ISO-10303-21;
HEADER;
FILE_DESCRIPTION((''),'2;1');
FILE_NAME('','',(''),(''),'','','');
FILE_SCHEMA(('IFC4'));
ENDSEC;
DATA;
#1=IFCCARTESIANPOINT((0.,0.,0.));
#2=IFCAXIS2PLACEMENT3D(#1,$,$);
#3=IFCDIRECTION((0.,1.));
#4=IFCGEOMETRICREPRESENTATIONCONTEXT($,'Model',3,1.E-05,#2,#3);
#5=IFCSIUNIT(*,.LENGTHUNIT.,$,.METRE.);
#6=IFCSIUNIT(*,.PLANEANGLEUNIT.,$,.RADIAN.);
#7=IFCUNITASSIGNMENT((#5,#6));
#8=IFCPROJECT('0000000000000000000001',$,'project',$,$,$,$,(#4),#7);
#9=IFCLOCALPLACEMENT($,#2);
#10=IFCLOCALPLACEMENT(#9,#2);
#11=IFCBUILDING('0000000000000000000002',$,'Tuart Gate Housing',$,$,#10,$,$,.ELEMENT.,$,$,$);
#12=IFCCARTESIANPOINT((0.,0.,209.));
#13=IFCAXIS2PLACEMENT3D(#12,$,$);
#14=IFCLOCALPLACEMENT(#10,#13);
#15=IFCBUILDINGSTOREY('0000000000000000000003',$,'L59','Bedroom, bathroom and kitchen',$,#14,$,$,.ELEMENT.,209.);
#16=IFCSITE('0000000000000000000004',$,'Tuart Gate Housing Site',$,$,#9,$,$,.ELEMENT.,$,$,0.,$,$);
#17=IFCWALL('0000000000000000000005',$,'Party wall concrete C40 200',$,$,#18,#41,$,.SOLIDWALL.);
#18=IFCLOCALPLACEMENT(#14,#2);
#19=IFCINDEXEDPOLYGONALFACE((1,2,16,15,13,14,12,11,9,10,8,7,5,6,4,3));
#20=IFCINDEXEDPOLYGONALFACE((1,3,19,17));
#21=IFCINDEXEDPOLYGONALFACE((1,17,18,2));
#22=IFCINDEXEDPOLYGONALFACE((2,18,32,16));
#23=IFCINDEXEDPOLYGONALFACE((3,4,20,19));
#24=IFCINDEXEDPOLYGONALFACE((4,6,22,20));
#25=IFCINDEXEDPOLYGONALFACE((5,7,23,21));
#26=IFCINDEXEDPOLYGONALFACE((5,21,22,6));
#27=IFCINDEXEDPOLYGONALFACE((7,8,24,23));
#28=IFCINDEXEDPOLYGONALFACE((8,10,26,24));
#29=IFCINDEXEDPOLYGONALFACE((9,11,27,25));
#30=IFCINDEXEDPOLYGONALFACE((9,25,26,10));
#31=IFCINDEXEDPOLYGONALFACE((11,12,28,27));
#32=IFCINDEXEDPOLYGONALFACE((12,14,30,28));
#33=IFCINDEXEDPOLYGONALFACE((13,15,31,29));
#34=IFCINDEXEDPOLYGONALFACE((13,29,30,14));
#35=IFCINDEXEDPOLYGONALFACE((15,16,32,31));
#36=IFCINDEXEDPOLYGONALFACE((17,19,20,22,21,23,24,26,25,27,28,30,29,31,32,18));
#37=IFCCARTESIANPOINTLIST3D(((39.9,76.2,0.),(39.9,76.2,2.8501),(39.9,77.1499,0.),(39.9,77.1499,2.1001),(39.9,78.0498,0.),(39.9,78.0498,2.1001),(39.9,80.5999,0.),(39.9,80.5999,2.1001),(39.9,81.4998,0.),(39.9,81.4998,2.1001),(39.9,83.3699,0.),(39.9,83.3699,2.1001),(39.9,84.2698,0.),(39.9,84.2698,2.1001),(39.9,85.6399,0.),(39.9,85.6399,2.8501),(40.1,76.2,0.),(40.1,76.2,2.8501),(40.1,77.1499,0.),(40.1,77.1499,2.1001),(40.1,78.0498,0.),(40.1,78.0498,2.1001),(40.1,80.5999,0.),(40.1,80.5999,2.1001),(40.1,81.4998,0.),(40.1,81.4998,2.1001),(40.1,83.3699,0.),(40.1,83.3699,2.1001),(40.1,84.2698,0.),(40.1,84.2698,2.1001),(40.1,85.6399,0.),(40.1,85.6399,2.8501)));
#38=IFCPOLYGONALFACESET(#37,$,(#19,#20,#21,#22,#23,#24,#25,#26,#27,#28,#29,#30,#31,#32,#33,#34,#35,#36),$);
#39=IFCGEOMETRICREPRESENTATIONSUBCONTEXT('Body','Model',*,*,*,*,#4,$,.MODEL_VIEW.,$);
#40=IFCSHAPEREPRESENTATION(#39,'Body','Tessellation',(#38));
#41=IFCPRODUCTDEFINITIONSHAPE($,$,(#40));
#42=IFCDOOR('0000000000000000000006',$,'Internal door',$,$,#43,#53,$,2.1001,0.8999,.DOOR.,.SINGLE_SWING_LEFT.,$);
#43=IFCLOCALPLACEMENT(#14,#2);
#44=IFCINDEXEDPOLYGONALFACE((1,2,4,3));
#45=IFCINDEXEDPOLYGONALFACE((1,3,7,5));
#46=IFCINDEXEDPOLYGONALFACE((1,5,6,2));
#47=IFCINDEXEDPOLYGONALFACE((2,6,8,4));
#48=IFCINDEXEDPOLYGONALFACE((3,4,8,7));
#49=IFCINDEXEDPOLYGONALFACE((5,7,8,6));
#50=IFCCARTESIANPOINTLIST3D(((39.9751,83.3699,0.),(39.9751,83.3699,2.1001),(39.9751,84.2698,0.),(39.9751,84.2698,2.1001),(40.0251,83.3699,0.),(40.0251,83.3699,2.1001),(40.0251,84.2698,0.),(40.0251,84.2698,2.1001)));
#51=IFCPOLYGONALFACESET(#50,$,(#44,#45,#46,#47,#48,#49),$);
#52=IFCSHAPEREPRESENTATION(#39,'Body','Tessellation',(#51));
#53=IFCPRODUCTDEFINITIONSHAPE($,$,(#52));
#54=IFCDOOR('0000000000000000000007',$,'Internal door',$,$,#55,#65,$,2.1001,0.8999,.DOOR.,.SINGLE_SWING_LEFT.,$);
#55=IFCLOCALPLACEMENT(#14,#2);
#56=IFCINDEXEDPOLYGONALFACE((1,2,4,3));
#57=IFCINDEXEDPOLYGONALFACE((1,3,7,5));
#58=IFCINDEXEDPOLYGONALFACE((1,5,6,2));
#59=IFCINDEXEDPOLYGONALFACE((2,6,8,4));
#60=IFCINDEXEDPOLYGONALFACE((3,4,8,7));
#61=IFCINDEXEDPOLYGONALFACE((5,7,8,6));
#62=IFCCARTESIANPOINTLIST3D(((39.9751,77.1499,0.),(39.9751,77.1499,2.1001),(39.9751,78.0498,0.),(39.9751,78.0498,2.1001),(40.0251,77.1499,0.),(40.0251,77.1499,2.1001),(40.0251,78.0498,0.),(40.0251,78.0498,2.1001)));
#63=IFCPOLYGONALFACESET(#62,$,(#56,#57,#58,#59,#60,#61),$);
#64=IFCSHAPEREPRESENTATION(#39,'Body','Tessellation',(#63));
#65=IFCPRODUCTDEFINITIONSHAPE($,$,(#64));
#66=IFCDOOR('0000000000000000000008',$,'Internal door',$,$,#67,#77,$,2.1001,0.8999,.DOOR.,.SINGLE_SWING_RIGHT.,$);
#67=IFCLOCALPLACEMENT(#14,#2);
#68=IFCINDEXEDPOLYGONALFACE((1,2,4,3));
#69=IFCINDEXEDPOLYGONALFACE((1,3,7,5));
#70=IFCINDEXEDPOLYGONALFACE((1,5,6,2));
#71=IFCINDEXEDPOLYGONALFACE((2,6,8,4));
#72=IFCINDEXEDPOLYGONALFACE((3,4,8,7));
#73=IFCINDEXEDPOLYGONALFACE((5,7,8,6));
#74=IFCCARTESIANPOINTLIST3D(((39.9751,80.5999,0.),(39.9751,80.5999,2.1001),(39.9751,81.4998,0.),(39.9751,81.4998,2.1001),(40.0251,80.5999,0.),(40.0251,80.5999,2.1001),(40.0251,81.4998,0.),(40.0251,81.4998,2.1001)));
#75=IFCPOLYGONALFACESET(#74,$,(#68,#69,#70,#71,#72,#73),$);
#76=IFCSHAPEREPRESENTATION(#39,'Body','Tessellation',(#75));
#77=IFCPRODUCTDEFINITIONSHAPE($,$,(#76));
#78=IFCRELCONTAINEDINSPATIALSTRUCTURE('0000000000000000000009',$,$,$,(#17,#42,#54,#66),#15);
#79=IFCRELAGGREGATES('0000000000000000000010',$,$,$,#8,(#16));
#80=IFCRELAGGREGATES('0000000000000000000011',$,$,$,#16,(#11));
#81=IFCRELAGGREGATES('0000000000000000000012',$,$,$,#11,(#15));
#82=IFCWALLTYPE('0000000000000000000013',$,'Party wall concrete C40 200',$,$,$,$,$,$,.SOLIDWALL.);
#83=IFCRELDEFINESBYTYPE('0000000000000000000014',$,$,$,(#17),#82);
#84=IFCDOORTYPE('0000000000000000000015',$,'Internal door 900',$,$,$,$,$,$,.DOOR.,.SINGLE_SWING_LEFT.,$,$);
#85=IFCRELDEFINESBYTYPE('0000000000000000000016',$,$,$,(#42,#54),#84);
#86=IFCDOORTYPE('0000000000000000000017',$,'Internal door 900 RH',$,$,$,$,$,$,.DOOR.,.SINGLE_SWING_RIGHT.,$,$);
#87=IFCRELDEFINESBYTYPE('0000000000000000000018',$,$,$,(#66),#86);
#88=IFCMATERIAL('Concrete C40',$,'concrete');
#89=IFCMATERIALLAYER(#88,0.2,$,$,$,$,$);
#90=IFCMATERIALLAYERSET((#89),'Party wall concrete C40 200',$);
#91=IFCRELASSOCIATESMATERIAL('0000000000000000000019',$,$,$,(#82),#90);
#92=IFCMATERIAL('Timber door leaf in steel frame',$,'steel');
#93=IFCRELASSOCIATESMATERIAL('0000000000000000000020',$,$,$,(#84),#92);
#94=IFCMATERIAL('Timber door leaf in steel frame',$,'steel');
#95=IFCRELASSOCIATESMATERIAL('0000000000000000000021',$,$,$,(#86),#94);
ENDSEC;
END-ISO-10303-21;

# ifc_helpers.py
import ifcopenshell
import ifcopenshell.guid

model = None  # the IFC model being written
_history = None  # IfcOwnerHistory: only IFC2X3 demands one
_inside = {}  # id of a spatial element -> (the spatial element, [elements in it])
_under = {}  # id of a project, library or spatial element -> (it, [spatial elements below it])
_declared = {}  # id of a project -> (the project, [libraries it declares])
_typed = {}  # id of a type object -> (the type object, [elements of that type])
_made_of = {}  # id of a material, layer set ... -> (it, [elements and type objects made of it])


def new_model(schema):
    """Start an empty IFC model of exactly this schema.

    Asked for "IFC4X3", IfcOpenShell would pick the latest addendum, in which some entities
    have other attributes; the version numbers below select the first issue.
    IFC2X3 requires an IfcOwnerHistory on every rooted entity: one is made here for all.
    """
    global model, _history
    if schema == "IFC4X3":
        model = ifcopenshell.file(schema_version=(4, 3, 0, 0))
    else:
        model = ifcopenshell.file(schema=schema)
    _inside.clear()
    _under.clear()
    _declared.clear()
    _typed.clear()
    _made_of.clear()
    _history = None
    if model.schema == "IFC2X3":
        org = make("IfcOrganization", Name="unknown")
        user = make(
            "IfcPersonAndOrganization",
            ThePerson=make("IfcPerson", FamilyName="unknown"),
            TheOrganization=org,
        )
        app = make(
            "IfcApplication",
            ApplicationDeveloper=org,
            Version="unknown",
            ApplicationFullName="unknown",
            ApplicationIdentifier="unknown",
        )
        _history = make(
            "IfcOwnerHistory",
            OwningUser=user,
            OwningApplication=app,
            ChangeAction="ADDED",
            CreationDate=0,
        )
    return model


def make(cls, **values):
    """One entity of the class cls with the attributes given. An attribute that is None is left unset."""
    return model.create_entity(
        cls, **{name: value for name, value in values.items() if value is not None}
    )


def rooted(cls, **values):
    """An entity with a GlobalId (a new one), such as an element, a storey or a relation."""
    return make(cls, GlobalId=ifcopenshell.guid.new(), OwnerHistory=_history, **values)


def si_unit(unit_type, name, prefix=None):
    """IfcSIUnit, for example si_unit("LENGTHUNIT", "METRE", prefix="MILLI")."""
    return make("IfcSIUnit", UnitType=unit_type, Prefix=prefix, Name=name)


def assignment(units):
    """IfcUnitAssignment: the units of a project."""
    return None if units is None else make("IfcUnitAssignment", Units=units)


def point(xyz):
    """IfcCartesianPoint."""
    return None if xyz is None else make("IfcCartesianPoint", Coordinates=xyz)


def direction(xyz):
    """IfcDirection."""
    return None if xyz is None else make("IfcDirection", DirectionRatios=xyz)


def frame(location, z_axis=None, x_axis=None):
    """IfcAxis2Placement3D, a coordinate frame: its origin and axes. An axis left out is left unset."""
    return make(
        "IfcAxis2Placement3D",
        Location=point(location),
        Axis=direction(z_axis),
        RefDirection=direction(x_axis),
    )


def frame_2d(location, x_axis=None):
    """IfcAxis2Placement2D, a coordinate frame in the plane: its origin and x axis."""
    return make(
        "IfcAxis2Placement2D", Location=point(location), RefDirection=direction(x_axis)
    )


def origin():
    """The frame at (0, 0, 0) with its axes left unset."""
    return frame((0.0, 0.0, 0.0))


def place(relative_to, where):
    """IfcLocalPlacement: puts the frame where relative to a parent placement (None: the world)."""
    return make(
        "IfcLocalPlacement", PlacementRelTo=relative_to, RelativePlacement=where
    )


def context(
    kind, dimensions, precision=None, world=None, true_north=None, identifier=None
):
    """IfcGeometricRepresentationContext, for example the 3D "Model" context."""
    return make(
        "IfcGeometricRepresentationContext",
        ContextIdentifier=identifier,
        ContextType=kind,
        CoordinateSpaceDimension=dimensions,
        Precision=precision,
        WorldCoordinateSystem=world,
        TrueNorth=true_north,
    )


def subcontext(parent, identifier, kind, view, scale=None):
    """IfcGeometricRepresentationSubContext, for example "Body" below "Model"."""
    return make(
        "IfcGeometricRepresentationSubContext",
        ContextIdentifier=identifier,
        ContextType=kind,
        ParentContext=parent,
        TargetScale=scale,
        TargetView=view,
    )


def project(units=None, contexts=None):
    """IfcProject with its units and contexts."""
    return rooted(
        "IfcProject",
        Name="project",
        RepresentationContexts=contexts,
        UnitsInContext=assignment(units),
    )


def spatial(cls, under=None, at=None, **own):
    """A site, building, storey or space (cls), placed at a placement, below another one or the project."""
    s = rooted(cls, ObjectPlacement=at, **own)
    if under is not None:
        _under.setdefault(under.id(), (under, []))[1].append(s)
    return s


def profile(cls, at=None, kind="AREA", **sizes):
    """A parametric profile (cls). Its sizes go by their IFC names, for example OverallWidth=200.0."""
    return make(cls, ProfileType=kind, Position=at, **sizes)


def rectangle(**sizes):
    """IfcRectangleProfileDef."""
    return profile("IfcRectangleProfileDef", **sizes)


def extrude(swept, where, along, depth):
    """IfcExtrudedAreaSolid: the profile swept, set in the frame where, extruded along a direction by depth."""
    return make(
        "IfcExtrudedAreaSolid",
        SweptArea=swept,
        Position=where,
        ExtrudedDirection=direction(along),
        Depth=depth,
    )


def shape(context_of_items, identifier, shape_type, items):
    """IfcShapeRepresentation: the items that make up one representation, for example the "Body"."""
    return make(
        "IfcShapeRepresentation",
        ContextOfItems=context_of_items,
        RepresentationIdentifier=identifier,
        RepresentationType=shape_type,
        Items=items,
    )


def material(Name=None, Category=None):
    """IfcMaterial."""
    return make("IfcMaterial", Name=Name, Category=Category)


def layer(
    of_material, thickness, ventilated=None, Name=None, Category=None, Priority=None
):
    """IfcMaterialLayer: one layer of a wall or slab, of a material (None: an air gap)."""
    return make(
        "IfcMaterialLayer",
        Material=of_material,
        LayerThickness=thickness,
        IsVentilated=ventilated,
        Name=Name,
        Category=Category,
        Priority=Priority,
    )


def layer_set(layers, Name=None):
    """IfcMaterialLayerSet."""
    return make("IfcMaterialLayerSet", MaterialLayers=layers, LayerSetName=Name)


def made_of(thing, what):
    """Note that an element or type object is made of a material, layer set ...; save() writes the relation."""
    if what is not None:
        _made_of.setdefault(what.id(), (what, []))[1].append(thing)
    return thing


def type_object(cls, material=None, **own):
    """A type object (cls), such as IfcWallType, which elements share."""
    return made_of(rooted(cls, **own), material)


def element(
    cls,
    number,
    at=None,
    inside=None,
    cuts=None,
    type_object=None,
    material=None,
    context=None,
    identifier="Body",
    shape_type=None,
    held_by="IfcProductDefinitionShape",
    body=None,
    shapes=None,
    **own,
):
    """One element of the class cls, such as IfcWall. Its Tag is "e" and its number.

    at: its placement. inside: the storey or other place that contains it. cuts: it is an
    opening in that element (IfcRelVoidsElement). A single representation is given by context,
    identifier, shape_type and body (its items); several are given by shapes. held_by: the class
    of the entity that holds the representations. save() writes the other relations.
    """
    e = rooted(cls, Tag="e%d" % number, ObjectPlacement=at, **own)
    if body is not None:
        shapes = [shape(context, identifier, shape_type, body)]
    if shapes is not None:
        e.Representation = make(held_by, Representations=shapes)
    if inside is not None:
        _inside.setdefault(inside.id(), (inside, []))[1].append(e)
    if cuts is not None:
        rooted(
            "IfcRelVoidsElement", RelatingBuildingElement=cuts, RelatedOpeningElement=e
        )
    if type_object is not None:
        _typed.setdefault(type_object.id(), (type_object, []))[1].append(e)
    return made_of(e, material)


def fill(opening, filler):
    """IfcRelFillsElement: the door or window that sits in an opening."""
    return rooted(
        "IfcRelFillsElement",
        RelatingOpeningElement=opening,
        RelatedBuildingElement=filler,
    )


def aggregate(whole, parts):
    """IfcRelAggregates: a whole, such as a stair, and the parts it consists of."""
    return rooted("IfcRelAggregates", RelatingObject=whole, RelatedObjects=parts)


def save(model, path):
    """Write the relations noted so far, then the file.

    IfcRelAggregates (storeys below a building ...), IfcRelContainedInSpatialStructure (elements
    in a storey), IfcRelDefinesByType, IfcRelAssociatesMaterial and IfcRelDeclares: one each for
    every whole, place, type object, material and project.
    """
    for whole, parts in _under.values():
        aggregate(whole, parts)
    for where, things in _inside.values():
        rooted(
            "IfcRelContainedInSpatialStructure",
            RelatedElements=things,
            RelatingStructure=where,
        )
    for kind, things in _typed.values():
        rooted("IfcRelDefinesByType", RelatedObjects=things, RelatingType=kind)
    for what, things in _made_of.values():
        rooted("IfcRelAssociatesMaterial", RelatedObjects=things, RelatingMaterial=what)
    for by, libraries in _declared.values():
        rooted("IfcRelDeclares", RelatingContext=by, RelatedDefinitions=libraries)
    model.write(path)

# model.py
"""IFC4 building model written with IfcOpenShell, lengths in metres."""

from ifc_helpers import new_model, si_unit, direction, frame, frame_2d, origin, place, context, subcontext, project, spatial, rectangle, extrude, material, layer, layer_set, type_object, element, fill, save


model = new_model("IFC4")

# Units and contexts
model_context = context("Model", 3, precision=1e-05, world=origin(), true_north=direction((0.0, 1.0)))
body_context = subcontext(model_context, "Body", "Model", "MODEL_VIEW")
ifc_project = project(units=[si_unit("LENGTHUNIT", "METRE"), si_unit("PLANEANGLEUNIT", "RADIAN")], contexts=[model_context])

# Site, building, storey
site_placement = place(None, origin())
site = spatial("IfcSite", under=ifc_project, at=site_placement, Name="Tuart Gate Housing Site", CompositionType="ELEMENT", RefElevation=0.0)
building_placement = place(site_placement, origin())
building = spatial("IfcBuilding", under=site, at=building_placement, Name="Tuart Gate Housing", CompositionType="ELEMENT")
storey_placement = place(building_placement, frame((0.0, 0.0, 209.0)))
storey = spatial("IfcBuildingStorey", under=building, at=storey_placement, Name="L59", Description="Bedroom, bathroom and kitchen", CompositionType="ELEMENT", Elevation=209.0)

# Wall, openings, doors
ifc_material_1 = material(Name="Concrete C40", Category="concrete")
ifc_layer_1 = layer(ifc_material_1, 0.2)
ifc_layer_set_1 = layer_set([ifc_layer_1], Name="Party wall concrete C40 200")
wall_type_1 = type_object("IfcWallType", Name="Party wall concrete C40 200", PredefinedType="SOLIDWALL", material=ifc_layer_set_1)
wall_1_placement = place(storey_placement, frame((40.0, 76.2, 0.0), z_axis=(0.0, 0.0, 1.0), x_axis=(0.0, 1.0, 0.0)))
wall_1 = element("IfcWall", 1, at=wall_1_placement, inside=storey, type_object=wall_type_1, Name="Party wall concrete C40 200", PredefinedType="SOLIDWALL", context=body_context, shape_type="SweptSolid", body=[
    extrude(rectangle(XDim=9.4399, YDim=0.2, at=frame_2d((4.72, 0.0))), origin(), (0.0, 0.0, 1.0), 2.8501),
])
opening_1_placement = place(wall_1_placement, frame((7.1699, 0.0, 0.0)))
opening_1 = element("IfcOpeningElement", 2, at=opening_1_placement, cuts=wall_1, PredefinedType="OPENING", context=body_context, shape_type="SweptSolid", body=[
    extrude(rectangle(XDim=0.8999, YDim=2.1001, at=frame_2d((0.45, 1.05))), frame((0.0, 0.1099, 0.0), z_axis=(0.0, -1.0, 0.0), x_axis=(1.0, 0.0, 0.0)), (0.0, 0.0, 1.0), 0.22),
])
opening_2_placement = place(wall_1_placement, frame((4.3999, 0.0, 0.0)))
opening_2 = element("IfcOpeningElement", 3, at=opening_2_placement, cuts=wall_1, PredefinedType="OPENING", context=body_context, shape_type="SweptSolid", body=[
    extrude(rectangle(XDim=0.8999, YDim=2.1001, at=frame_2d((0.45, 1.05))), frame((0.0, 0.1099, 0.0), z_axis=(0.0, -1.0, 0.0), x_axis=(1.0, 0.0, 0.0)), (0.0, 0.0, 1.0), 0.22),
])
opening_3_placement = place(wall_1_placement, frame((0.95, 0.0, 0.0)))
opening_3 = element("IfcOpeningElement", 4, at=opening_3_placement, cuts=wall_1, PredefinedType="OPENING", context=body_context, shape_type="SweptSolid", body=[
    extrude(rectangle(XDim=0.8999, YDim=2.1001, at=frame_2d((0.45, 1.05))), frame((0.0, 0.1099, 0.0), z_axis=(0.0, -1.0, 0.0), x_axis=(1.0, 0.0, 0.0)), (0.0, 0.0, 1.0), 0.22),
])
ifc_material_2 = material(Name="Timber door leaf in steel frame", Category="steel")
door_type_1 = type_object("IfcDoorType", Name="Internal door 900", OperationType="SINGLE_SWING_LEFT", PredefinedType="DOOR", material=ifc_material_2)
door_1_placement = place(opening_1_placement, origin())
door_1 = element("IfcDoor", 5, at=door_1_placement, inside=storey, type_object=door_type_1, Name="Internal door", OperationType="SINGLE_SWING_LEFT", OverallHeight=2.1001, OverallWidth=0.8999, PredefinedType="DOOR", context=body_context, shape_type="SweptSolid", body=[
    extrude(rectangle(XDim=0.8999, YDim=2.1001, at=frame_2d((0.45, 1.05))), frame((0.0, 0.0249, 0.0), z_axis=(0.0, -1.0, 0.0), x_axis=(1.0, 0.0, 0.0)), (0.0, 0.0, 1.0), 0.05),
])
fill(opening_1, door_1)
door_2_placement = place(opening_3_placement, origin())
door_2 = element("IfcDoor", 6, at=door_2_placement, inside=storey, type_object=door_type_1, Name="Internal door", OperationType="SINGLE_SWING_LEFT", OverallHeight=2.1001, OverallWidth=0.8999, PredefinedType="DOOR", context=body_context, shape_type="SweptSolid", body=[
    extrude(rectangle(XDim=0.8999, YDim=2.1001, at=frame_2d((0.45, 1.05))), frame((0.0, 0.0249, 0.0), z_axis=(0.0, -1.0, 0.0), x_axis=(1.0, 0.0, 0.0)), (0.0, 0.0, 1.0), 0.05),
])
fill(opening_3, door_2)
ifc_material_3 = material(Name="Timber door leaf in steel frame", Category="steel")
door_type_2 = type_object("IfcDoorType", Name="Internal door 900 RH", OperationType="SINGLE_SWING_RIGHT", PredefinedType="DOOR", material=ifc_material_3)
door_3_placement = place(opening_2_placement, origin())
door_3 = element("IfcDoor", 7, at=door_3_placement, inside=storey, type_object=door_type_2, Name="Internal door", OperationType="SINGLE_SWING_RIGHT", OverallHeight=2.1001, OverallWidth=0.8999, PredefinedType="DOOR", context=body_context, shape_type="SweptSolid", body=[
    extrude(rectangle(XDim=0.8999, YDim=2.1001, at=frame_2d((0.45, 1.05))), frame((0.0, 0.0249, 0.0), z_axis=(0.0, -1.0, 0.0), x_axis=(1.0, 0.0, 0.0)), (0.0, 0.0, 1.0), 0.05),
])
fill(opening_2, door_3)

save(model, "model.ifc")
